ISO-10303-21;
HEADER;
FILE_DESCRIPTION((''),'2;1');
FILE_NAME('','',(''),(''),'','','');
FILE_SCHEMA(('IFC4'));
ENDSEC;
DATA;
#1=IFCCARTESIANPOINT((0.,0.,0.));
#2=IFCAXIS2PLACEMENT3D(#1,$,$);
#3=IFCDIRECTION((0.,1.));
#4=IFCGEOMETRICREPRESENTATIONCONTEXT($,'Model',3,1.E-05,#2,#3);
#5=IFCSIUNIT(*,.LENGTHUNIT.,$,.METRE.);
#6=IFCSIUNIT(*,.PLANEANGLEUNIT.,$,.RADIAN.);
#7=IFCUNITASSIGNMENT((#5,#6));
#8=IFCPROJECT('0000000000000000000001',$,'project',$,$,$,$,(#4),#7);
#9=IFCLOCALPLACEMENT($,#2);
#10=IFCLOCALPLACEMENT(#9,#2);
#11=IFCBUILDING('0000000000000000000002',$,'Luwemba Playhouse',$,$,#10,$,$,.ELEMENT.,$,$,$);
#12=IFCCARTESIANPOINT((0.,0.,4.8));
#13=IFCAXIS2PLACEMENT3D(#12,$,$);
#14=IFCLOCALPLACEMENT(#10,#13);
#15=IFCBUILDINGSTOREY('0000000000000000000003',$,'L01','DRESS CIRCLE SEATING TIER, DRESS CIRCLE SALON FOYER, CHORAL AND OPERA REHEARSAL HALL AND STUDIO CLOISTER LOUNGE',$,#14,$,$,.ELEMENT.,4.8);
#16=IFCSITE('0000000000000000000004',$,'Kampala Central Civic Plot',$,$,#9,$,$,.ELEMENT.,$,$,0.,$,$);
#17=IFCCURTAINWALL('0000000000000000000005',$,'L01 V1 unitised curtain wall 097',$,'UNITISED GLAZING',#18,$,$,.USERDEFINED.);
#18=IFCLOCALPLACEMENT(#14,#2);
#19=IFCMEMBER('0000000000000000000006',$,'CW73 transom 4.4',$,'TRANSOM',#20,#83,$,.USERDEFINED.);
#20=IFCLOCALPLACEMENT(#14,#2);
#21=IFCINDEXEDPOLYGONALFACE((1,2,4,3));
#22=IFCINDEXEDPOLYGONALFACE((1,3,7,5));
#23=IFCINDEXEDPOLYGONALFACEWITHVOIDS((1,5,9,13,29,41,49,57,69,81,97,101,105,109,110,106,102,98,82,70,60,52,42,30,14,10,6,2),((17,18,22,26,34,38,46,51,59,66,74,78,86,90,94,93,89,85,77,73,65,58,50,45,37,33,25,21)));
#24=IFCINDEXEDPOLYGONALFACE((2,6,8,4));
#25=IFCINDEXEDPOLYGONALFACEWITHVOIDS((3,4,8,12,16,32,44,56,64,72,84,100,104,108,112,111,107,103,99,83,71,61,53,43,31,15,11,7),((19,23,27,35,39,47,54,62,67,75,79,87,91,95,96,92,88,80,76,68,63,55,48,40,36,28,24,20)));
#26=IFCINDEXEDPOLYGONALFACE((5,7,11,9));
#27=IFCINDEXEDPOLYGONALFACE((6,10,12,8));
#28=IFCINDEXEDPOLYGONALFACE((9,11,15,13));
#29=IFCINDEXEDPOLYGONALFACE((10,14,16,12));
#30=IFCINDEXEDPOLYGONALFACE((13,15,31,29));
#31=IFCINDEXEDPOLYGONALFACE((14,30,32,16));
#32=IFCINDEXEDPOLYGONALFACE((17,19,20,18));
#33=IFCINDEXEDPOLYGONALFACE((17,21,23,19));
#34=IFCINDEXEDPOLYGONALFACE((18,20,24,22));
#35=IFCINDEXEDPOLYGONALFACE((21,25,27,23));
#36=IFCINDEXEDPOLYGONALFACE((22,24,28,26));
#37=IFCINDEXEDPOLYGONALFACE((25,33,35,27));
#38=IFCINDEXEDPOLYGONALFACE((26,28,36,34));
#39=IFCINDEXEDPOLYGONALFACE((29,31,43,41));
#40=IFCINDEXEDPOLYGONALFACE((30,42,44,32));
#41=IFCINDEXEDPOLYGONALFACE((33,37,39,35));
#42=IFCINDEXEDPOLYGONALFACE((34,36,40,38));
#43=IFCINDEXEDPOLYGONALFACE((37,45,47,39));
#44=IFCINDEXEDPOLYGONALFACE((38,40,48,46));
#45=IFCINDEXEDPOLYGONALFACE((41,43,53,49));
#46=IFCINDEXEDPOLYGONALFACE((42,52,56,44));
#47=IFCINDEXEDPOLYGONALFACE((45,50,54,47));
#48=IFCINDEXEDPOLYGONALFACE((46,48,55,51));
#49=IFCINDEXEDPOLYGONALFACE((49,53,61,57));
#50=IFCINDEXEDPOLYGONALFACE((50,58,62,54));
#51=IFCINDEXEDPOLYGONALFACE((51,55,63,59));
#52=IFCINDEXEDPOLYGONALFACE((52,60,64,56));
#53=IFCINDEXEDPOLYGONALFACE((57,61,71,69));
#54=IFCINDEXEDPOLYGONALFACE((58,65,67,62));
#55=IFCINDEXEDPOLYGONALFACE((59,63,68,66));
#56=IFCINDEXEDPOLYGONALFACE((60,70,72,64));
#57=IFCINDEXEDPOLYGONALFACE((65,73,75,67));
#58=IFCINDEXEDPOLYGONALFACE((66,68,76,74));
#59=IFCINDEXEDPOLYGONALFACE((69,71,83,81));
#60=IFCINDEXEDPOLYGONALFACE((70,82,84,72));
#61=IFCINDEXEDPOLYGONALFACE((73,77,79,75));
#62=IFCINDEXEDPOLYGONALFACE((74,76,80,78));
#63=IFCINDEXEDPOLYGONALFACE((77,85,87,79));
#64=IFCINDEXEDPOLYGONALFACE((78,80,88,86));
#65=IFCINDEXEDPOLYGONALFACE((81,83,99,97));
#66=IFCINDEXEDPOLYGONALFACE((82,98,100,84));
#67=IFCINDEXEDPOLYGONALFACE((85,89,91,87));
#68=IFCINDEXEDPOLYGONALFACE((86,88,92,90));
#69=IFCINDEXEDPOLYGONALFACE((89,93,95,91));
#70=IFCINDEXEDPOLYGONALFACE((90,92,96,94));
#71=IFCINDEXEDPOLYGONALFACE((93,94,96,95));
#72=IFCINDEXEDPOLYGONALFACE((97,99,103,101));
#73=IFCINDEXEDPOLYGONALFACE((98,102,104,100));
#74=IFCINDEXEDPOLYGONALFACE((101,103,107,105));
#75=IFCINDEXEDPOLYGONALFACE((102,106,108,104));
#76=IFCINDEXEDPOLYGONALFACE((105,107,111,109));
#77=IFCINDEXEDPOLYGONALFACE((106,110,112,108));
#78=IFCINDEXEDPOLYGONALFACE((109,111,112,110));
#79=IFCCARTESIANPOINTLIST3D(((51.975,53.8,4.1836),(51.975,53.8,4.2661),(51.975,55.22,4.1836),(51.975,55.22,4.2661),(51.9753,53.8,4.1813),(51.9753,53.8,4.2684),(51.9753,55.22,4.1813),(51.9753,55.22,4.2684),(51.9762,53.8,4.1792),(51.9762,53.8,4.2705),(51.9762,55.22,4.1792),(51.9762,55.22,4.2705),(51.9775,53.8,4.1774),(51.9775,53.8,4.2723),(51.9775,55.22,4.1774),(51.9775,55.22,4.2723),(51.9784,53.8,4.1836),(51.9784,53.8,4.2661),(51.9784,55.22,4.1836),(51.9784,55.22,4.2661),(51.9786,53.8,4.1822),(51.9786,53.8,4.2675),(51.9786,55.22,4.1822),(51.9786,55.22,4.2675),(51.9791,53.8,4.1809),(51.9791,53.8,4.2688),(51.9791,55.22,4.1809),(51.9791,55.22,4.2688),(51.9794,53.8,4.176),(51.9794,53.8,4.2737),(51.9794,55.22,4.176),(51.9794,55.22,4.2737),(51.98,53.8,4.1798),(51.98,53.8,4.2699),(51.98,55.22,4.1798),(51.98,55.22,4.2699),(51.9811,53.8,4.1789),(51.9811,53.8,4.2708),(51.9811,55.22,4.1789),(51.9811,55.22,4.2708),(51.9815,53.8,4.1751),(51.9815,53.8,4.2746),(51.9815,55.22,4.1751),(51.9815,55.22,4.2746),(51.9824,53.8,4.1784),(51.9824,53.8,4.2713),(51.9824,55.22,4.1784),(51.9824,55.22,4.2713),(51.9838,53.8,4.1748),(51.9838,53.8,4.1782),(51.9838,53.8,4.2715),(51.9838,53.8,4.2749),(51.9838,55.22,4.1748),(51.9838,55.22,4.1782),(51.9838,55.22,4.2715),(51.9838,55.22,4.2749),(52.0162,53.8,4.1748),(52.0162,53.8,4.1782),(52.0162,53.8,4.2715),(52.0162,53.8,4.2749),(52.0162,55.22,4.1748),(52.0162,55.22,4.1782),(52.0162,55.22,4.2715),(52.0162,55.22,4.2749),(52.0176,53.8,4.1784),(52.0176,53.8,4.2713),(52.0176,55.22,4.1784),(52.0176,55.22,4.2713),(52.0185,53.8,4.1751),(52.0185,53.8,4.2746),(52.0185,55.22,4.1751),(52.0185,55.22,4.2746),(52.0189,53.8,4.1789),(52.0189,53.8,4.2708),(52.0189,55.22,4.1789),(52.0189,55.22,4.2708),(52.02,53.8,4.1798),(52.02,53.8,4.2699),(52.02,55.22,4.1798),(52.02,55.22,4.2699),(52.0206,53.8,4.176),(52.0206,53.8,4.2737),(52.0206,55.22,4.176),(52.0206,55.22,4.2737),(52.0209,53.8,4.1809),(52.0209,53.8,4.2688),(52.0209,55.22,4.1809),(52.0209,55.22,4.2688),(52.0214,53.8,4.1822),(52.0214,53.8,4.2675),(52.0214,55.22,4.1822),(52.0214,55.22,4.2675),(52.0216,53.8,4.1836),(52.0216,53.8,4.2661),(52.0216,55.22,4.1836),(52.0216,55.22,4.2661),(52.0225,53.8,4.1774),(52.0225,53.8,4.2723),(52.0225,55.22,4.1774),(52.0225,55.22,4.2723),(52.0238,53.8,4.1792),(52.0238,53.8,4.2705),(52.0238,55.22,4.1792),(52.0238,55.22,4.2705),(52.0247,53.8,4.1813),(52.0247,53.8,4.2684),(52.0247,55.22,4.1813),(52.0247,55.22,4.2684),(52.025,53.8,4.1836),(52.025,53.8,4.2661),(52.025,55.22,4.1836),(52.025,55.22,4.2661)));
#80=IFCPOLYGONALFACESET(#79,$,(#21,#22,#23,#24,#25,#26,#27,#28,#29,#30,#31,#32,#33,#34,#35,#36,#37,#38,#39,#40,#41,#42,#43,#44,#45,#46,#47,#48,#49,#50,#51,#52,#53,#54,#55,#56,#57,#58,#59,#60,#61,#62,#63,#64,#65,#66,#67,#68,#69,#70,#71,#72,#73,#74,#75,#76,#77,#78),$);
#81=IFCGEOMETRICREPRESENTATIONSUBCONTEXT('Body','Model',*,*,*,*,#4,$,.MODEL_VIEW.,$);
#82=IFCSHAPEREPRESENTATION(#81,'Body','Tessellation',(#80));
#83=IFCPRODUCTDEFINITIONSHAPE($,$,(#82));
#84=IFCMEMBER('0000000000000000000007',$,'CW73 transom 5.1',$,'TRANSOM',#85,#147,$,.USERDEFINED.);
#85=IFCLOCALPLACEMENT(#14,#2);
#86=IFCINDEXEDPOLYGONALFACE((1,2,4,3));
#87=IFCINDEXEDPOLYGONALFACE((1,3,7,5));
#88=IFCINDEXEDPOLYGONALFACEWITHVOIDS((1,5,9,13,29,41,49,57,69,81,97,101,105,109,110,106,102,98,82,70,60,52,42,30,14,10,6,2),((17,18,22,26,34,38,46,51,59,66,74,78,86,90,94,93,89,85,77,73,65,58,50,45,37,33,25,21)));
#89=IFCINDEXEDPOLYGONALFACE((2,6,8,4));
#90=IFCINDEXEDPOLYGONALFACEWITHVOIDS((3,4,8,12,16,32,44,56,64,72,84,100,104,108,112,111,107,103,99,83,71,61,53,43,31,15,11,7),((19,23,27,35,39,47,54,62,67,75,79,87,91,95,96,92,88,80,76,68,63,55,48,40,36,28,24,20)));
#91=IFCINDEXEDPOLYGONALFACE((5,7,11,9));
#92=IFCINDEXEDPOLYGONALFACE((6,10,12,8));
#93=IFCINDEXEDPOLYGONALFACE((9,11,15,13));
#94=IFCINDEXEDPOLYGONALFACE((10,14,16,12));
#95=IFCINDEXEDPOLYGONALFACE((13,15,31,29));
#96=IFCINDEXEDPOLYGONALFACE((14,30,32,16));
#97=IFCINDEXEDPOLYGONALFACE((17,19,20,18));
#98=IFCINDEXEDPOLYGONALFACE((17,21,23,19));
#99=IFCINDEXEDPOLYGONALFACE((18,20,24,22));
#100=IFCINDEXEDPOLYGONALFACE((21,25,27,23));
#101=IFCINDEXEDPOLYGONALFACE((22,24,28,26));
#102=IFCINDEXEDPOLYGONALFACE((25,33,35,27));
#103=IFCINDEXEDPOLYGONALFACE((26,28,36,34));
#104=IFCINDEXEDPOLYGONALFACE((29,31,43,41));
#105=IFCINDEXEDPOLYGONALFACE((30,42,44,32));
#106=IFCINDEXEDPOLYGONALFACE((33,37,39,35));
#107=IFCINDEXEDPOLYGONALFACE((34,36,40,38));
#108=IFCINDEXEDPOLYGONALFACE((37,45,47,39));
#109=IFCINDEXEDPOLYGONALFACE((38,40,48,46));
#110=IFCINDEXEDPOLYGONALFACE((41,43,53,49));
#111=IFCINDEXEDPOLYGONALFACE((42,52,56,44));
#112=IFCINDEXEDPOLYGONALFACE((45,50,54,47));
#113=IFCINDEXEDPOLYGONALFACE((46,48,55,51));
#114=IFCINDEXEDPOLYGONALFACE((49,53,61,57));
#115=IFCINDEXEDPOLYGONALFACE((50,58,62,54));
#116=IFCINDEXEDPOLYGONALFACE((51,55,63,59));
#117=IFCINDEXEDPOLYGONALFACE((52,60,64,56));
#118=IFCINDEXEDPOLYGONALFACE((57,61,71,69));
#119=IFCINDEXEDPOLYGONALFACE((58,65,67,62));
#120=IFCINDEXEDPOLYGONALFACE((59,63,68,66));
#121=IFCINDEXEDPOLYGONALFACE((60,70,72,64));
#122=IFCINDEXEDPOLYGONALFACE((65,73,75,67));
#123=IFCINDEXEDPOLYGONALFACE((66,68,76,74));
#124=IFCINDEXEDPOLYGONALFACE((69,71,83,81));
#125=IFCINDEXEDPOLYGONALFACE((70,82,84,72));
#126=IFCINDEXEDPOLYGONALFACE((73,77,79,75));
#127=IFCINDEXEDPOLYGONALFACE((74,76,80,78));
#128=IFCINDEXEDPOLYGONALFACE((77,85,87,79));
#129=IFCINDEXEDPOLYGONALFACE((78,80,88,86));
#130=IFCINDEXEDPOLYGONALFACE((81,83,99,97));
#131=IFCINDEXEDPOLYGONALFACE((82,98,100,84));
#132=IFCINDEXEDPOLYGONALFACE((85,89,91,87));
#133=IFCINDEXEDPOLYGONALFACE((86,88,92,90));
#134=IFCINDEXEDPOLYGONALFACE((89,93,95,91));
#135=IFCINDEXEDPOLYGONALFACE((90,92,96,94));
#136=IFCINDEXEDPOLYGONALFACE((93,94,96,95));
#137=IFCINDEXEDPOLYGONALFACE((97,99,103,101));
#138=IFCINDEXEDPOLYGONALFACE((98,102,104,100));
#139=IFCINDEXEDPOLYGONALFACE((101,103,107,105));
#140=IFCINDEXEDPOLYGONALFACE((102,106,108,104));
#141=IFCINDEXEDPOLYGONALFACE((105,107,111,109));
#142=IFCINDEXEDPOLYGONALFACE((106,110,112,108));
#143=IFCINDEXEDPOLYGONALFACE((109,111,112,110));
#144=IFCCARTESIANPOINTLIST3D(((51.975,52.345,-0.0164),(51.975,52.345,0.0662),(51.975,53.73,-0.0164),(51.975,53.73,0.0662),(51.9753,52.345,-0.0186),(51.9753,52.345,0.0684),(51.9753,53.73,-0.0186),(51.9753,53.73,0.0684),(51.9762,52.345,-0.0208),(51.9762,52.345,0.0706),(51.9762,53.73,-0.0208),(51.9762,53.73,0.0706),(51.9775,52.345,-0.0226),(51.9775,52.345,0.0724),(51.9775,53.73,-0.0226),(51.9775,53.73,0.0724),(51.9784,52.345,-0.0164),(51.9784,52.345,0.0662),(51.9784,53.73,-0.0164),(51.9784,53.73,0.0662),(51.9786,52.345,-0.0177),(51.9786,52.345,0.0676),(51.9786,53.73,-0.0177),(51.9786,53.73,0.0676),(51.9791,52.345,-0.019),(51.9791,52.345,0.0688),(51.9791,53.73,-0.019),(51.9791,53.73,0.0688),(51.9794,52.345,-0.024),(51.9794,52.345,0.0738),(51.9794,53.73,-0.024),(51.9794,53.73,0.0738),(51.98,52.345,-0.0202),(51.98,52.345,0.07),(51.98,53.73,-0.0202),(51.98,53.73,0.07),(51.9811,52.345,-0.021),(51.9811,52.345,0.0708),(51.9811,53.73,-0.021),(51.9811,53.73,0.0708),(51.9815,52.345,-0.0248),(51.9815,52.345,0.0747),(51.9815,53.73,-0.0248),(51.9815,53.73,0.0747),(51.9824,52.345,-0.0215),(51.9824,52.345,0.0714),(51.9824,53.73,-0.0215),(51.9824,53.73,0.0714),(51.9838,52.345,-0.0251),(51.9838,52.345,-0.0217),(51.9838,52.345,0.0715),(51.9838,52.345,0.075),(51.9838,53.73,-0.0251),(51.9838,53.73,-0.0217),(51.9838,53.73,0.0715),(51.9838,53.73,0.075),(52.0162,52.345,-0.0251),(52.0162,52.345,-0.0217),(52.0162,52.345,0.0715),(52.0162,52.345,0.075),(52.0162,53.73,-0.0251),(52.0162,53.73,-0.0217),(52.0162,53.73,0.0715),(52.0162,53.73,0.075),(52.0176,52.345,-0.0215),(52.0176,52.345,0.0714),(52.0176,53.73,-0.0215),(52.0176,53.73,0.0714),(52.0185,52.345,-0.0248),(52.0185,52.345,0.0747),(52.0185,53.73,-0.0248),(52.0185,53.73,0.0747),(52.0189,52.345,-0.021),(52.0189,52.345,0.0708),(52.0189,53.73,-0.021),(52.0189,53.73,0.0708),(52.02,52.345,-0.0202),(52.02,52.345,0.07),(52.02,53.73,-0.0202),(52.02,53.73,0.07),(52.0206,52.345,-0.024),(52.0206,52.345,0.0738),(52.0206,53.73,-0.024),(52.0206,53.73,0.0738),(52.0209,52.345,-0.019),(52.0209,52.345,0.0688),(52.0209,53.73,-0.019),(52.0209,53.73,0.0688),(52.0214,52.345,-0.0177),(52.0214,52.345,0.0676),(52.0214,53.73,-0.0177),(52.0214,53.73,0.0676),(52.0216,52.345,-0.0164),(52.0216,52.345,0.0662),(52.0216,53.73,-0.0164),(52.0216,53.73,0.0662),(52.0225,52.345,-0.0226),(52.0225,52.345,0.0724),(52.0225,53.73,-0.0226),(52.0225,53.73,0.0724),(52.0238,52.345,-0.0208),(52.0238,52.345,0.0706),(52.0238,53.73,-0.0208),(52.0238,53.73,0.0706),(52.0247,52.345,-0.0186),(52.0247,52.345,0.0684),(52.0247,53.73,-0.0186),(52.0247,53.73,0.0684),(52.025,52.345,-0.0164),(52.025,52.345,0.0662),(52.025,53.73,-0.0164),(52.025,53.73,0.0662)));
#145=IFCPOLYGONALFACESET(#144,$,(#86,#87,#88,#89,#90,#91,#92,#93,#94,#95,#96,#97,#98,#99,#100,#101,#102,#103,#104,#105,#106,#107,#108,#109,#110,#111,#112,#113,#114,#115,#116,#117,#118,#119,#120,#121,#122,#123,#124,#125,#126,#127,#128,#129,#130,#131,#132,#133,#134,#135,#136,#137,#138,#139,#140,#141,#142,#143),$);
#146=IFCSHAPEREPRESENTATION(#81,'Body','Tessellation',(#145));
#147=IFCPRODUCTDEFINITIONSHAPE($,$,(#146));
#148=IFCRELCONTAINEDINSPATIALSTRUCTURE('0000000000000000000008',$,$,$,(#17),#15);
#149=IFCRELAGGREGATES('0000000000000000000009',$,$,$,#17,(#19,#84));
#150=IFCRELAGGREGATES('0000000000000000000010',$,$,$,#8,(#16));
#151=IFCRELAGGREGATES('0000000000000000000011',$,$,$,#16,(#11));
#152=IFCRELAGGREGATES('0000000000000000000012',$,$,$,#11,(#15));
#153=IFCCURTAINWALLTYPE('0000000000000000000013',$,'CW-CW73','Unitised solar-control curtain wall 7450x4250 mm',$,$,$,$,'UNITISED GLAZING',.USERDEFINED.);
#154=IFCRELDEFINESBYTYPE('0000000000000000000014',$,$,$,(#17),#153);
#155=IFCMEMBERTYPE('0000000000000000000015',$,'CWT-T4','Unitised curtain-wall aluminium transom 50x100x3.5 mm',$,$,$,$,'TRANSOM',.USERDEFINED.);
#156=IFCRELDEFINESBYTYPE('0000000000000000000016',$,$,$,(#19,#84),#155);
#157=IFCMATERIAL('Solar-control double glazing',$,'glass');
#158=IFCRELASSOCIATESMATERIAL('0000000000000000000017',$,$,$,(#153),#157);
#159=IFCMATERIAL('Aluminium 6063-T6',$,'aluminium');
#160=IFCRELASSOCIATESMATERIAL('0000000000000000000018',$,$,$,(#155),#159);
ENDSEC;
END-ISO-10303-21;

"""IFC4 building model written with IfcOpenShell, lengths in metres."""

from ifc_helpers import new_model, si_unit, direction, frame, origin, origin_2d, place, context, subcontext, project, spatial, hollow_rectangle, extrude, material, material_profile, profile_set, type_object, element, aggregate, save


model = new_model("IFC4")

# Units and contexts
model_context = context("Model", 3, precision=1e-05, world=origin(), true_north=direction((0.0, 1.0)))
body_context = subcontext(model_context, "Body", "Model", "MODEL_VIEW")
ifc_project = project(units=[si_unit("LENGTHUNIT", "METRE"), si_unit("PLANEANGLEUNIT", "RADIAN")], contexts=[model_context])

# Site, building, storey
site_placement = place(None, origin())
site = spatial("IfcSite", under=ifc_project, at=site_placement, Name="Kampala Central Civic Plot", CompositionType="ELEMENT", RefElevation=0.0)
building_placement = place(site_placement, origin())
building = spatial("IfcBuilding", under=site, at=building_placement, Name="Luwemba Playhouse", CompositionType="ELEMENT")
storey_placement = place(building_placement, frame((0.0, 0.0, 4.8)))
storey = spatial("IfcBuildingStorey", under=building, at=storey_placement, Name="L01", Description="DRESS CIRCLE SEATING TIER, DRESS CIRCLE SALON FOYER, CHORAL AND OPERA REHEARSAL HALL AND STUDIO CLOISTER LOUNGE", CompositionType="ELEMENT", Elevation=4.8)

# Curtain wall, members
ifc_material_1 = material(Name="Solar-control double glazing", Category="glass")
curtain_wall_type = type_object("IfcCurtainWallType", Name="CW-CW73", Description="Unitised solar-control curtain wall 7450x4250 mm", ElementType="UNITISED GLAZING", PredefinedType="USERDEFINED", material=ifc_material_1)
curtain_wall_placement = place(storey_placement, origin())
curtain_wall = element("IfcCurtainWall", 1, at=curtain_wall_placement, inside=storey, type_object=curtain_wall_type, Name="L01 V1 unitised curtain wall 097", ObjectType="UNITISED GLAZING", PredefinedType="USERDEFINED")
ifc_material_2 = material(Name="Aluminium 6063-T6", Category="aluminium")
ifc_material_profile_1 = material_profile(ifc_material_2, hollow_rectangle(XDim=0.05, YDim=0.1001, WallThickness=0.0034, InnerFilletRadius=0.0054, OuterFilletRadius=0.0088, at=origin_2d()))
ifc_profile_set_1 = profile_set([ifc_material_profile_1], Name="Aluminium 6063-T6")
member_type_1 = type_object("IfcMemberType", Name="CWT-T4", Description="Unitised curtain-wall aluminium transom 50x100x3.5 mm", ElementType="TRANSOM", PredefinedType="USERDEFINED", material=ifc_profile_set_1)
member_1_placement = place(storey_placement, frame((52.0, 55.22, 4.2249), z_axis=(0.0, -1.0, 0.0), x_axis=(1.0, 0.0, 0.0)))
member_1 = element("IfcMember", 2, at=member_1_placement, type_object=member_type_1, Name="CW73 transom 4.4", ObjectType="TRANSOM", PredefinedType="USERDEFINED", context=body_context, shape_type="SweptSolid", body=[
    extrude(hollow_rectangle(XDim=0.05, YDim=0.1001, WallThickness=0.0034, InnerFilletRadius=0.0054, OuterFilletRadius=0.0088, at=origin_2d()), origin(), (0.0, 0.0, 1.0), 1.4199),
])
member_2_placement = place(storey_placement, frame((52.0, 53.73, 0.0249), z_axis=(0.0, -1.0, 0.0), x_axis=(1.0, 0.0, 0.0)))
member_2 = element("IfcMember", 3, at=member_2_placement, type_object=member_type_1, Name="CW73 transom 5.1", ObjectType="TRANSOM", PredefinedType="USERDEFINED", context=body_context, shape_type="SweptSolid", body=[
    extrude(hollow_rectangle(XDim=0.05, YDim=0.1001, WallThickness=0.0034, InnerFilletRadius=0.0054, OuterFilletRadius=0.0088, at=origin_2d()), origin(), (0.0, 0.0, 1.0), 1.385),
])
aggregate(curtain_wall, [member_1, member_2])

save(model, "model.ifc")
